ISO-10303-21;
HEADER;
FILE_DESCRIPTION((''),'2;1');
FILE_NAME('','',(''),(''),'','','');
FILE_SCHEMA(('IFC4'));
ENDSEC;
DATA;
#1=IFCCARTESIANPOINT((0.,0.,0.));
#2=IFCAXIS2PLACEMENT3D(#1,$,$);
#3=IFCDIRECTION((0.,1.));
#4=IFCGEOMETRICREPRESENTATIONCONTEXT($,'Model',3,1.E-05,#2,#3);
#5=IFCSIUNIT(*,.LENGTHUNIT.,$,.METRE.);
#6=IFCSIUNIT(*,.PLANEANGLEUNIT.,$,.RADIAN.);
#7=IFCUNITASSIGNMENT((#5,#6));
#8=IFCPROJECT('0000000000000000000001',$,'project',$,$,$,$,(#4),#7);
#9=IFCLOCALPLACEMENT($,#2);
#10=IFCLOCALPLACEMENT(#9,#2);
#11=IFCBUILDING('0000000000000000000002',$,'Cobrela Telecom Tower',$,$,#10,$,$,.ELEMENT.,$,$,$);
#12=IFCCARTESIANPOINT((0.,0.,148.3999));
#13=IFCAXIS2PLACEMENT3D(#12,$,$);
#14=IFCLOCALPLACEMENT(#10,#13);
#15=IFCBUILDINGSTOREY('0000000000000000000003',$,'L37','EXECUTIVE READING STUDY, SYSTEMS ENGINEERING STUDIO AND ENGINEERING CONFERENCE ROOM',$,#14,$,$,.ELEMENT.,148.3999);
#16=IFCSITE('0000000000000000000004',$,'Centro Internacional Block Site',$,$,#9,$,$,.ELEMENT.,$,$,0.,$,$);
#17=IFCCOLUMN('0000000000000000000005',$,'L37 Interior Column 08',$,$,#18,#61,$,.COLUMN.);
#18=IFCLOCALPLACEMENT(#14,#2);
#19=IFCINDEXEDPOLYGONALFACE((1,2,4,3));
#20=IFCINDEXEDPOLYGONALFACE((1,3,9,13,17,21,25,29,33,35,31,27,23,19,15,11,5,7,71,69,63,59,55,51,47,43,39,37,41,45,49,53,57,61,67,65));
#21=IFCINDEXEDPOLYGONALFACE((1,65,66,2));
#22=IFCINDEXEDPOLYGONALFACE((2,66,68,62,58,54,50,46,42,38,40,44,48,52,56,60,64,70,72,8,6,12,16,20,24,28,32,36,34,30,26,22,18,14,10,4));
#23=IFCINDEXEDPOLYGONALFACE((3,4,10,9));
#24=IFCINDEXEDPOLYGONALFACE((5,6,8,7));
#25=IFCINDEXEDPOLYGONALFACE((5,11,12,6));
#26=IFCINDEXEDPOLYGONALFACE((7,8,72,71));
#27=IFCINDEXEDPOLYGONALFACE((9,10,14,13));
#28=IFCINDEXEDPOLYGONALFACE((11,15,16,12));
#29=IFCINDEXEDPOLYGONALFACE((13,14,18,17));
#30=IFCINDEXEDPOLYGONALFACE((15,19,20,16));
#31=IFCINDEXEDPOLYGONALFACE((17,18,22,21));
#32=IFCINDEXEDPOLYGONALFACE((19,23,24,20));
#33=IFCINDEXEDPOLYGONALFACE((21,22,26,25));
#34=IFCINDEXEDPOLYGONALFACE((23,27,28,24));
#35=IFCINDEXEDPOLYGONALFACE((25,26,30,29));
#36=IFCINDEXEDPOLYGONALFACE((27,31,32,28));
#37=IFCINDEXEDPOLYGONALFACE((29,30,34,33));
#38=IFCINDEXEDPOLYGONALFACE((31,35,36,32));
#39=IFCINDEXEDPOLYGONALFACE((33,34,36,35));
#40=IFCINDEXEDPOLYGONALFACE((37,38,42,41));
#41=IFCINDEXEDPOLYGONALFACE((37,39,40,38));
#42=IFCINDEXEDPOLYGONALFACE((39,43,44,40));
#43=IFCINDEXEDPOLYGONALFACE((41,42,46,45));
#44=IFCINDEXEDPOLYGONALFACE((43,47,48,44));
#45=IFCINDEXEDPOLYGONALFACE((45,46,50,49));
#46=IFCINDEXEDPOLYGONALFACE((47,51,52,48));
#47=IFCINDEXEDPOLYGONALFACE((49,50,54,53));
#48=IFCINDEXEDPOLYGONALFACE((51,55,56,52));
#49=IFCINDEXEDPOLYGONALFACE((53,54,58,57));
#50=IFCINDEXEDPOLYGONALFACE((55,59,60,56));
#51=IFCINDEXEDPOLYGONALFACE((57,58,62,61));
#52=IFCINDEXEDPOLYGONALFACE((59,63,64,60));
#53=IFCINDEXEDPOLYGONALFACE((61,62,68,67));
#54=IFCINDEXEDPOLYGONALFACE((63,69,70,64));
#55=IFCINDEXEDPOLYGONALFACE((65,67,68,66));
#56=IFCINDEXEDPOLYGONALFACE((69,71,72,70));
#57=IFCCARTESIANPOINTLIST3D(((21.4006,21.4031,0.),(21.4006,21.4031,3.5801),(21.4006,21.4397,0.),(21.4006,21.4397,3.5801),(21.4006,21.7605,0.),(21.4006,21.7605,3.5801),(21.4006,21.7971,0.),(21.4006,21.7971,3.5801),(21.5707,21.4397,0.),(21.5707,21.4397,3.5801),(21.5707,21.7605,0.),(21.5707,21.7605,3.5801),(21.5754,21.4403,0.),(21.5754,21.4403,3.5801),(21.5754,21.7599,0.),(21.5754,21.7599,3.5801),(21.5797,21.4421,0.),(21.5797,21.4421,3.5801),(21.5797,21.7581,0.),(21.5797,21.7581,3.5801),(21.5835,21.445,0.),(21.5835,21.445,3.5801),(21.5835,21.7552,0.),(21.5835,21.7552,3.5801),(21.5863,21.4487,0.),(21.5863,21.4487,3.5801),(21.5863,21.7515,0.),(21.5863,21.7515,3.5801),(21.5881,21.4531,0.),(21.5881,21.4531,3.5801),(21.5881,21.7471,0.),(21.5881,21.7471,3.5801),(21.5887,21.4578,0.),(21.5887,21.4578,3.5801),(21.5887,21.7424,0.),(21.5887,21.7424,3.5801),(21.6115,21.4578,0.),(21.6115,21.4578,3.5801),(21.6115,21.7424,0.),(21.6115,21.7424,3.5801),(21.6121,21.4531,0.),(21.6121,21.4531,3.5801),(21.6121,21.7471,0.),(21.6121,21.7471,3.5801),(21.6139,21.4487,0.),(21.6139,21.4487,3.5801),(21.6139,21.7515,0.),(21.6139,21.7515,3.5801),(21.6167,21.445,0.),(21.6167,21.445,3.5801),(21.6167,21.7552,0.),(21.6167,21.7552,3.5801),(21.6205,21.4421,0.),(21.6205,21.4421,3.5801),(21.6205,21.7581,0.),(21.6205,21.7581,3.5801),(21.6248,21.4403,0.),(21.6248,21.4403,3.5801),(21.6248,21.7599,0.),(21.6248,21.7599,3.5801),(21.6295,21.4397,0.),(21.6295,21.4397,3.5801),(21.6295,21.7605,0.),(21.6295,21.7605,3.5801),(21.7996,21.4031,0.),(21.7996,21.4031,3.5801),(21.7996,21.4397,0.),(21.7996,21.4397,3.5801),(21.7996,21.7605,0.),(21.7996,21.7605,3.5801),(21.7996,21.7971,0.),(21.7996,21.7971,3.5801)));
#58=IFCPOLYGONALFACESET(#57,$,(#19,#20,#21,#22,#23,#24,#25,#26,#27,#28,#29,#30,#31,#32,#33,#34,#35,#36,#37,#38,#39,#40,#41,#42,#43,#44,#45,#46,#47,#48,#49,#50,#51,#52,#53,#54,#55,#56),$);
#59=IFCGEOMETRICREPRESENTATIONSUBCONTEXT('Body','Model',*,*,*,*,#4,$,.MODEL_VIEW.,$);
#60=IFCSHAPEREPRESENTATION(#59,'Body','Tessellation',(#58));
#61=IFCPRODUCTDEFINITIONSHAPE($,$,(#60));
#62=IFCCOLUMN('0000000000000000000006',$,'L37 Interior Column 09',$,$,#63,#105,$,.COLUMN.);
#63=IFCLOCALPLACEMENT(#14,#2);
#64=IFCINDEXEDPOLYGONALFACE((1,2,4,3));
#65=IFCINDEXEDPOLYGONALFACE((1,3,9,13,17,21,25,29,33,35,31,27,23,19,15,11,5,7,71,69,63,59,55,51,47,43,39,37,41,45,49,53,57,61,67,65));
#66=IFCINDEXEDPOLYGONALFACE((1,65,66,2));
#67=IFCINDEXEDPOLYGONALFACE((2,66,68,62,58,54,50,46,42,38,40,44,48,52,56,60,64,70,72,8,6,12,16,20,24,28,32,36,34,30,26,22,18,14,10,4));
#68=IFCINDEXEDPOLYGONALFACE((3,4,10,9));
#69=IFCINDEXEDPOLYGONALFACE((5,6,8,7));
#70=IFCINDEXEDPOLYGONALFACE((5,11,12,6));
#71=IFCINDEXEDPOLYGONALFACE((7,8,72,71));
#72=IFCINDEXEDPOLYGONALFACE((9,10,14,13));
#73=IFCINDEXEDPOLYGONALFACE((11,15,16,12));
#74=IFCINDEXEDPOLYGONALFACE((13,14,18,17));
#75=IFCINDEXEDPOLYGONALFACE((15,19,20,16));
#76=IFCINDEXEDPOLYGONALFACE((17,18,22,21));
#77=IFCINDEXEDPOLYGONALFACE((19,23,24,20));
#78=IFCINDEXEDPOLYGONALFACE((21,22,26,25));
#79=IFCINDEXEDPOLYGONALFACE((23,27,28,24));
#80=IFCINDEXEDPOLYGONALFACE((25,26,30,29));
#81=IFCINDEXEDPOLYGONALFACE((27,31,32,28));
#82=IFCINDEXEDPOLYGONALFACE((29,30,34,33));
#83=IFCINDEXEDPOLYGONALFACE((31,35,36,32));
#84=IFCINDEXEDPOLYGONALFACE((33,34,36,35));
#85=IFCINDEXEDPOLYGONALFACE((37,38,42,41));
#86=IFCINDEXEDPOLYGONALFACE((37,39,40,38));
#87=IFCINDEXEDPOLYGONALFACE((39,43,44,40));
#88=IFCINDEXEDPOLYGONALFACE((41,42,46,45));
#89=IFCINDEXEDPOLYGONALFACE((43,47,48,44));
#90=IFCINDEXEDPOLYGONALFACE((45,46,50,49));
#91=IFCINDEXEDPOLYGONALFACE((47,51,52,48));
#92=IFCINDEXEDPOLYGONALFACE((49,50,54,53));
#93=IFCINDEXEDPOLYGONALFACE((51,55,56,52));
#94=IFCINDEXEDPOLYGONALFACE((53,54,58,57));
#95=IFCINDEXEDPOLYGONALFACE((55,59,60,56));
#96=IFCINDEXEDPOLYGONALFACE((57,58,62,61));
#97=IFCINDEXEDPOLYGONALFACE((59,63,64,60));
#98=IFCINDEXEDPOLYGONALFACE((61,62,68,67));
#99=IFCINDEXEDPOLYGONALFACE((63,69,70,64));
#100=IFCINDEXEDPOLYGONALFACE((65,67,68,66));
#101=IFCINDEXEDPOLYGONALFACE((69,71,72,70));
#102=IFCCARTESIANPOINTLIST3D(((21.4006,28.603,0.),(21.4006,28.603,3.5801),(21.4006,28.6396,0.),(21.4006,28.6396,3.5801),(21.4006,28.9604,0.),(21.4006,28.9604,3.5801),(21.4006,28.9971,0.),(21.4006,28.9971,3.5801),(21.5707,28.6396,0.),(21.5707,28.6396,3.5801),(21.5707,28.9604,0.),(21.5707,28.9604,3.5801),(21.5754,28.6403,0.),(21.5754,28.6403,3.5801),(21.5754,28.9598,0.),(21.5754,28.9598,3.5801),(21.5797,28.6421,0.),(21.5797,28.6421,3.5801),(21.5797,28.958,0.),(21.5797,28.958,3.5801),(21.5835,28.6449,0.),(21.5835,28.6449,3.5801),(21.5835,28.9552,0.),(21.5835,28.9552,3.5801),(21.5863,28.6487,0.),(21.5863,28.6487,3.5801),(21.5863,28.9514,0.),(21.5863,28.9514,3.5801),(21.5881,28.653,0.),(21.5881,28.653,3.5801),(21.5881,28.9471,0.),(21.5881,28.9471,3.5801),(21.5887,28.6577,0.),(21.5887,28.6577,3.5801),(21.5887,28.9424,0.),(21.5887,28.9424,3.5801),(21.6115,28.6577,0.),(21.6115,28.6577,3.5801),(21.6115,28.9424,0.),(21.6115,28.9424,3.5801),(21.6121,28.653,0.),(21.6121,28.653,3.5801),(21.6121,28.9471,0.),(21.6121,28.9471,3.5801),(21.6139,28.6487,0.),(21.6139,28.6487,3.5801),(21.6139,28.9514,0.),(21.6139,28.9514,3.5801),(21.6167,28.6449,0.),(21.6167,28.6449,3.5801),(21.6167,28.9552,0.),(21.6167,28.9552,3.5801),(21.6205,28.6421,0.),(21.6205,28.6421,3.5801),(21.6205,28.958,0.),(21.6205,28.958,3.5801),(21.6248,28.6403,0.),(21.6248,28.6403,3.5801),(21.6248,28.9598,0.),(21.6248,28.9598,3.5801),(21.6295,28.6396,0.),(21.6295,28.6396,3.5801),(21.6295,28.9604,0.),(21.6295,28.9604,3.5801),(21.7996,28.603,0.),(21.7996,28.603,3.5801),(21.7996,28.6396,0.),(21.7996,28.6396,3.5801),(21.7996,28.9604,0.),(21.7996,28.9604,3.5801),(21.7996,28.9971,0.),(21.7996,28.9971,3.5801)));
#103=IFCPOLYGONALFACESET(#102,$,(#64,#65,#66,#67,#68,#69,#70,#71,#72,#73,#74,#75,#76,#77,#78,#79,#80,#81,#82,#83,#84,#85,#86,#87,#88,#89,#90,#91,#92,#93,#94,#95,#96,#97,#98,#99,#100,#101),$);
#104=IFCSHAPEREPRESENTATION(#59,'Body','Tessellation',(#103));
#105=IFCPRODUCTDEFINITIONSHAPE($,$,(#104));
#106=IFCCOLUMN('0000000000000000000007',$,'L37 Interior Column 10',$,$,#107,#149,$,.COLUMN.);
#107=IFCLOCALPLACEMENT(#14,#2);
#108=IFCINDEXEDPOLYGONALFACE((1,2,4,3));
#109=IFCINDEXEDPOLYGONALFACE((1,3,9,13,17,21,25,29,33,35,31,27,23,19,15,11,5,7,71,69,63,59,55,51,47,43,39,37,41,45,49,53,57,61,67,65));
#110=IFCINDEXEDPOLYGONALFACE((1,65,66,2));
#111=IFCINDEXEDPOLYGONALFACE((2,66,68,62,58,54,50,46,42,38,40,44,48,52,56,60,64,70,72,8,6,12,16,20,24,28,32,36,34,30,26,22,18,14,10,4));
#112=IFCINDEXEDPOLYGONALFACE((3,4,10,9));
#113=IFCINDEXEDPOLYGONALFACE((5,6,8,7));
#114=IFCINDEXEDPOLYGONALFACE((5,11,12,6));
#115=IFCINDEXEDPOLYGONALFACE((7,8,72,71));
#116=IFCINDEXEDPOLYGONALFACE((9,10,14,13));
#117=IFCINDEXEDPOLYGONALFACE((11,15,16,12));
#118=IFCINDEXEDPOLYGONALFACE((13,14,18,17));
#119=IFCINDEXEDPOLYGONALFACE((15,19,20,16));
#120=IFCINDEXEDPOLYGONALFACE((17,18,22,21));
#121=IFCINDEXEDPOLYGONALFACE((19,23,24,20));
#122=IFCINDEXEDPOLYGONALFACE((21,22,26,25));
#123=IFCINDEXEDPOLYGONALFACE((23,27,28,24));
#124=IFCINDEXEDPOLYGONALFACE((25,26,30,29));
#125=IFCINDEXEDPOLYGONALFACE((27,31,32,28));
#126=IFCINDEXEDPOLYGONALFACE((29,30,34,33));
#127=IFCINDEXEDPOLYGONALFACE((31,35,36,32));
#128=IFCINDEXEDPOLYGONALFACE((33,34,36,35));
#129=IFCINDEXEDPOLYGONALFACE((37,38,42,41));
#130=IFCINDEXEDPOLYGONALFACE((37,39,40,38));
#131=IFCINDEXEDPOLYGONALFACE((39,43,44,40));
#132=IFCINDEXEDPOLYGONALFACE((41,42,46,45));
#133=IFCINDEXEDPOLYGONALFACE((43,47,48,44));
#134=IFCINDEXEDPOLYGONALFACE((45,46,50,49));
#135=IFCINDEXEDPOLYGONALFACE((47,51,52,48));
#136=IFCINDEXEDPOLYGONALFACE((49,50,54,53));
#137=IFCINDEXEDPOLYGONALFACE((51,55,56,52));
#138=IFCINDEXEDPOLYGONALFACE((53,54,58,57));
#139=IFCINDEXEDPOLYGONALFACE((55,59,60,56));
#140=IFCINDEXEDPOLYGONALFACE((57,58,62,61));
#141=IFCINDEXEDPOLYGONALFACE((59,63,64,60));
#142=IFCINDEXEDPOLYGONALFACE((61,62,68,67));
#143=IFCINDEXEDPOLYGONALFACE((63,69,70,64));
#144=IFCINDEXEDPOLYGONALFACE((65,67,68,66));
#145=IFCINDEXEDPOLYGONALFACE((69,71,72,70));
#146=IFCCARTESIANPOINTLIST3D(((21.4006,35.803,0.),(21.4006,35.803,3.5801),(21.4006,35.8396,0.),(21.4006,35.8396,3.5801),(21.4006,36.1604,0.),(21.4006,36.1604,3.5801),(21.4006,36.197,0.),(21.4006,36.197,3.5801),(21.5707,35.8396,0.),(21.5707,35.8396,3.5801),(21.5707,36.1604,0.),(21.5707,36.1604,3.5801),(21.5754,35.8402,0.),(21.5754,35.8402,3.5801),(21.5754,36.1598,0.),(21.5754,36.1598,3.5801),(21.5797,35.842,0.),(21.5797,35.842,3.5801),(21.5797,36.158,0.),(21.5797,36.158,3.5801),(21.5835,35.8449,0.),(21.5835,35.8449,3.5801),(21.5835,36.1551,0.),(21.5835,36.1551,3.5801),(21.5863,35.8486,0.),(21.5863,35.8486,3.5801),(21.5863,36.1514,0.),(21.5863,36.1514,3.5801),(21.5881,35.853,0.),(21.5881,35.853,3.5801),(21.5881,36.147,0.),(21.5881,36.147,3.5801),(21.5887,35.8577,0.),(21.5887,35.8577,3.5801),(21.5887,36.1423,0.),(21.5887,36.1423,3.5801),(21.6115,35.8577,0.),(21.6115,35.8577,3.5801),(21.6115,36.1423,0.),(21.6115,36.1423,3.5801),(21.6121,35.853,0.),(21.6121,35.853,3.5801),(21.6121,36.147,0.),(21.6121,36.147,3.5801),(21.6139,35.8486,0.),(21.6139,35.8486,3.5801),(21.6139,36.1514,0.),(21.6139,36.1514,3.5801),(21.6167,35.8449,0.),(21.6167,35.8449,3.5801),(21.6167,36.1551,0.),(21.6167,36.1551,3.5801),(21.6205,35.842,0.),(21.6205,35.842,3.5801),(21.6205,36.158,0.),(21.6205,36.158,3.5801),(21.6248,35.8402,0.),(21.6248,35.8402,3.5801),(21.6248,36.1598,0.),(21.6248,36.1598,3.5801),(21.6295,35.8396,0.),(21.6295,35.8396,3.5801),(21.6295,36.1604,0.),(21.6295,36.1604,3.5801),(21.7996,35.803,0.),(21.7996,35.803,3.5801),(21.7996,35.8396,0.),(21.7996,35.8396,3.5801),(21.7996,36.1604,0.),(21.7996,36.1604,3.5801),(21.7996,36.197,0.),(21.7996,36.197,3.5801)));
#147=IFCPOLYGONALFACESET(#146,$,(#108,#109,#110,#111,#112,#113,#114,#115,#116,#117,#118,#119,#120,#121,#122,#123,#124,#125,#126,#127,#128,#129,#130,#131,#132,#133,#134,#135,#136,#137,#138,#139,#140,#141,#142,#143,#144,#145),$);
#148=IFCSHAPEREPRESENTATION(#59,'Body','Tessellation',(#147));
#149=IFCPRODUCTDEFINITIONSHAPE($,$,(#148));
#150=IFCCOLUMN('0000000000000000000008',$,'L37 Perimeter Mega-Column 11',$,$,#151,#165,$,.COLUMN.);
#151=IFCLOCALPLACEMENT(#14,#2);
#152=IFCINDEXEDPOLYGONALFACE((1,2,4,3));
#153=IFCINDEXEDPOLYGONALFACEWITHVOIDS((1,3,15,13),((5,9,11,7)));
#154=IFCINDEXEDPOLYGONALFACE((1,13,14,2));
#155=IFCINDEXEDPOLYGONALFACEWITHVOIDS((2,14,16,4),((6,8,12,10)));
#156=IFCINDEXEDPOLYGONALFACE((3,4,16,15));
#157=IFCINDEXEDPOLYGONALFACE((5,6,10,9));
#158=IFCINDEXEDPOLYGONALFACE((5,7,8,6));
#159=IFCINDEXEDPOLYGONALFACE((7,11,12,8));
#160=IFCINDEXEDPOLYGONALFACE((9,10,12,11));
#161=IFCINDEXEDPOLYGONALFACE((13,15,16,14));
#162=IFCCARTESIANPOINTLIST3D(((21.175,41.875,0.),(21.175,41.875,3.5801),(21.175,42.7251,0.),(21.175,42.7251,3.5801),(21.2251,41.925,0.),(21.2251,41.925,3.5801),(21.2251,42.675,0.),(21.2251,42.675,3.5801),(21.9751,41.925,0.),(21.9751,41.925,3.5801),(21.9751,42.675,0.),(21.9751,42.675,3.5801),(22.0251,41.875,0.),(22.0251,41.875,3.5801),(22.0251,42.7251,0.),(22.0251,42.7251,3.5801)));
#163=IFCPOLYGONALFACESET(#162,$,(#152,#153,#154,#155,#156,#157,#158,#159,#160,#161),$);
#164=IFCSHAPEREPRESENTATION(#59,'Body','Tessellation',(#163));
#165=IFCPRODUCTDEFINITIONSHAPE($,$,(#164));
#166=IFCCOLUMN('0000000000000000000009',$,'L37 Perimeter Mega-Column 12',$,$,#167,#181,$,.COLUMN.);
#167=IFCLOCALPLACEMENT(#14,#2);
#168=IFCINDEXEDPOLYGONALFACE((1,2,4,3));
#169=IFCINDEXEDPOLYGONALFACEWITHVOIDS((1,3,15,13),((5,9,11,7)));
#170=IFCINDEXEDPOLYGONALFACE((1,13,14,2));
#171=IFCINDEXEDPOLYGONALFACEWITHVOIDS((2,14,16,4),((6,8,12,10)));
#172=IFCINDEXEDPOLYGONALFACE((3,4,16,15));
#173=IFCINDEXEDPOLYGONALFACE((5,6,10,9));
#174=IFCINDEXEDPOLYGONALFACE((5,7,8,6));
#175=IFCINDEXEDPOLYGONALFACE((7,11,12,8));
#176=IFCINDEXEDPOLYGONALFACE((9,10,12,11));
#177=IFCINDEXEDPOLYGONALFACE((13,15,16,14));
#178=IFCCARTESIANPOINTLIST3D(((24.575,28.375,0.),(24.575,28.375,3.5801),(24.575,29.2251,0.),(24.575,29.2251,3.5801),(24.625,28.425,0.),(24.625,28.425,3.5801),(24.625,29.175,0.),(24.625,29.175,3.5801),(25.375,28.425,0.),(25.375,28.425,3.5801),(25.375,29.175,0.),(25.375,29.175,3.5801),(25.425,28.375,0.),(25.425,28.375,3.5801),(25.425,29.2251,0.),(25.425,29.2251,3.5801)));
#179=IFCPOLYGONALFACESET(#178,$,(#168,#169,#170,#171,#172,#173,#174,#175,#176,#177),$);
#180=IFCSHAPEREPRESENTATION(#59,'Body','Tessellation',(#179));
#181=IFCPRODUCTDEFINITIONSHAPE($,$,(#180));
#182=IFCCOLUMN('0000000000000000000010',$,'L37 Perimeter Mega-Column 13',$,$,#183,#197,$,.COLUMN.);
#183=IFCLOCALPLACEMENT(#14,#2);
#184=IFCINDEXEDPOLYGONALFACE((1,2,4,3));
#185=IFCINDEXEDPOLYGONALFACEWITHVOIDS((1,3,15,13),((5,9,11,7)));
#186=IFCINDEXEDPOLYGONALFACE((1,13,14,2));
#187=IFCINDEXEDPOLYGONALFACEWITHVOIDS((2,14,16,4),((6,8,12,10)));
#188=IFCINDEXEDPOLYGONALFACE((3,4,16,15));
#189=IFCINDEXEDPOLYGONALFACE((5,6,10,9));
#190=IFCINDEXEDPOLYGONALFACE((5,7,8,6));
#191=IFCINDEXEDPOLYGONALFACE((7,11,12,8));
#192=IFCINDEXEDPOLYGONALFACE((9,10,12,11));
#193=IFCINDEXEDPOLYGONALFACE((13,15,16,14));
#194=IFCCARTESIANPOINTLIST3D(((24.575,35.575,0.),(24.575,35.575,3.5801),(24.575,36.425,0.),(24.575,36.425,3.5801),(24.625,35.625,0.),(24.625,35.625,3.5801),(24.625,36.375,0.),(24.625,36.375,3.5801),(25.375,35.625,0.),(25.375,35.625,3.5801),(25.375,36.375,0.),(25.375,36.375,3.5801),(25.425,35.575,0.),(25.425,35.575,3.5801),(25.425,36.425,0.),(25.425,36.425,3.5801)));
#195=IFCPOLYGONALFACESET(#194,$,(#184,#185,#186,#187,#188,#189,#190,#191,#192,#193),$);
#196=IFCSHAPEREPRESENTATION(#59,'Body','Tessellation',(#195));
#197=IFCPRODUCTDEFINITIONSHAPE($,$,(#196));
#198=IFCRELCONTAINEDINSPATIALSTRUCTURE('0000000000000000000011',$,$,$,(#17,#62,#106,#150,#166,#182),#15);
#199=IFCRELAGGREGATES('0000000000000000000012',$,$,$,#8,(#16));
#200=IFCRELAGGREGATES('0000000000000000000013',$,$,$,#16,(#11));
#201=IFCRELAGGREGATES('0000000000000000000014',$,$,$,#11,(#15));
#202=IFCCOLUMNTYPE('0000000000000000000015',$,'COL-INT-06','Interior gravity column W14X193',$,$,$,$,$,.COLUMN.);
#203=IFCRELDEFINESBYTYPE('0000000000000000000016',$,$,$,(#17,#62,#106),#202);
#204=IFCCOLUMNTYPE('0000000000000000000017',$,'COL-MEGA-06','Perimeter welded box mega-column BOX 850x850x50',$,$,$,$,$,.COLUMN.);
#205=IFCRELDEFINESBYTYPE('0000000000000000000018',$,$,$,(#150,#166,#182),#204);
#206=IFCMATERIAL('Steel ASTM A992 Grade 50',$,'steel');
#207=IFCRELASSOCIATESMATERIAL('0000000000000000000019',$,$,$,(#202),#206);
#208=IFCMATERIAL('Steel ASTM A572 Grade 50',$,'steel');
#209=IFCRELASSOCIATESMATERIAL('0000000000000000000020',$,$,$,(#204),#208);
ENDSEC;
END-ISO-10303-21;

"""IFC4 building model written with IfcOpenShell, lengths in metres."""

from ifc_helpers import new_model, si_unit, direction, frame, origin, origin_2d, place, context, subcontext, project, spatial, hollow_rectangle, i_section, extrude, material, material_profile, profile_set, type_object, element, save


model = new_model("IFC4")

# Units and contexts
model_context = context("Model", 3, precision=1e-05, world=origin(), true_north=direction((0.0, 1.0)))
body_context = subcontext(model_context, "Body", "Model", "MODEL_VIEW")
ifc_project = project(units=[si_unit("LENGTHUNIT", "METRE"), si_unit("PLANEANGLEUNIT", "RADIAN")], contexts=[model_context])

# Site, building, storey
site_placement = place(None, origin())
site = spatial("IfcSite", under=ifc_project, at=site_placement, Name="Centro Internacional Block Site", CompositionType="ELEMENT", RefElevation=0.0)
building_placement = place(site_placement, origin())
building = spatial("IfcBuilding", under=site, at=building_placement, Name="Cobrela Telecom Tower", CompositionType="ELEMENT")
storey_placement = place(building_placement, frame((0.0, 0.0, 148.3999)))
storey = spatial("IfcBuildingStorey", under=building, at=storey_placement, Name="L37", Description="EXECUTIVE READING STUDY, SYSTEMS ENGINEERING STUDIO AND ENGINEERING CONFERENCE ROOM", CompositionType="ELEMENT", Elevation=148.3999)

# Columns
ifc_material_1 = material(Name="Steel ASTM A992 Grade 50", Category="steel")
ifc_material_profile_1 = material_profile(ifc_material_1, i_section(OverallWidth=0.3989, OverallDepth=0.394, WebThickness=0.0227, FlangeThickness=0.0366, FilletRadius=0.0181, at=origin_2d()), Name="W14X193")
ifc_profile_set_1 = profile_set([ifc_material_profile_1], Name="Steel ASTM A992 Grade 50")
column_type_1 = type_object("IfcColumnType", Name="COL-INT-06", Description="Interior gravity column W14X193", PredefinedType="COLUMN", material=ifc_profile_set_1)
for number, where, z_axis, x_axis, name in (
    (1, (21.6001, 21.6001, 0.0), (0.0, 0.0, 1.0), (1.0, 0.0, 0.0), "L37 Interior Column 08"),
    (2, (21.6001, 28.8, 0.0), (0.0, 0.0, 1.0), (1.0, 0.0, 0.0), "L37 Interior Column 09"),
    (3, (21.6001, 36.0, 0.0), (0.0, 0.0, 1.0), (1.0, 0.0, 0.0), "L37 Interior Column 10"),
):
    element("IfcColumn", number, at=place(storey_placement, frame(where, z_axis=z_axis, x_axis=x_axis)), inside=storey, type_object=column_type_1, Name=name, PredefinedType="COLUMN", context=body_context, shape_type="SweptSolid", body=[
        extrude(i_section(OverallWidth=0.3989, OverallDepth=0.394, WebThickness=0.0227, FlangeThickness=0.0366, FilletRadius=0.0181, at=origin_2d()), origin(), (0.0, 0.0, 1.0), 3.5801),
    ])
ifc_material_2 = material(Name="Steel ASTM A572 Grade 50", Category="steel")
ifc_material_profile_2 = material_profile(ifc_material_2, hollow_rectangle(XDim=0.8501, YDim=0.8501, WallThickness=0.05, at=origin_2d()), Name="BOX 850x850x50")
ifc_profile_set_2 = profile_set([ifc_material_profile_2], Name="Steel ASTM A572 Grade 50")
column_type_2 = type_object("IfcColumnType", Name="COL-MEGA-06", Description="Perimeter welded box mega-column BOX 850x850x50", PredefinedType="COLUMN", material=ifc_profile_set_2)
for number, where, z_axis, x_axis, name in (
    (4, (21.6001, 42.3, 0.0), (0.0, 0.0, 1.0), (1.0, 0.0, 0.0), "L37 Perimeter Mega-Column 11"),
    (5, (25.0, 28.8, 0.0), (0.0, 0.0, 1.0), (1.0, 0.0, 0.0), "L37 Perimeter Mega-Column 12"),
    (6, (25.0, 36.0, 0.0), (0.0, 0.0, 1.0), (1.0, 0.0, 0.0), "L37 Perimeter Mega-Column 13"),
):
    element("IfcColumn", number, at=place(storey_placement, frame(where, z_axis=z_axis, x_axis=x_axis)), inside=storey, type_object=column_type_2, Name=name, PredefinedType="COLUMN", context=body_context, shape_type="SweptSolid", body=[
        extrude(hollow_rectangle(XDim=0.8501, YDim=0.8501, WallThickness=0.05, at=origin_2d()), origin(), (0.0, 0.0, 1.0), 3.5801),
    ])

save(model, "model.ifc")
